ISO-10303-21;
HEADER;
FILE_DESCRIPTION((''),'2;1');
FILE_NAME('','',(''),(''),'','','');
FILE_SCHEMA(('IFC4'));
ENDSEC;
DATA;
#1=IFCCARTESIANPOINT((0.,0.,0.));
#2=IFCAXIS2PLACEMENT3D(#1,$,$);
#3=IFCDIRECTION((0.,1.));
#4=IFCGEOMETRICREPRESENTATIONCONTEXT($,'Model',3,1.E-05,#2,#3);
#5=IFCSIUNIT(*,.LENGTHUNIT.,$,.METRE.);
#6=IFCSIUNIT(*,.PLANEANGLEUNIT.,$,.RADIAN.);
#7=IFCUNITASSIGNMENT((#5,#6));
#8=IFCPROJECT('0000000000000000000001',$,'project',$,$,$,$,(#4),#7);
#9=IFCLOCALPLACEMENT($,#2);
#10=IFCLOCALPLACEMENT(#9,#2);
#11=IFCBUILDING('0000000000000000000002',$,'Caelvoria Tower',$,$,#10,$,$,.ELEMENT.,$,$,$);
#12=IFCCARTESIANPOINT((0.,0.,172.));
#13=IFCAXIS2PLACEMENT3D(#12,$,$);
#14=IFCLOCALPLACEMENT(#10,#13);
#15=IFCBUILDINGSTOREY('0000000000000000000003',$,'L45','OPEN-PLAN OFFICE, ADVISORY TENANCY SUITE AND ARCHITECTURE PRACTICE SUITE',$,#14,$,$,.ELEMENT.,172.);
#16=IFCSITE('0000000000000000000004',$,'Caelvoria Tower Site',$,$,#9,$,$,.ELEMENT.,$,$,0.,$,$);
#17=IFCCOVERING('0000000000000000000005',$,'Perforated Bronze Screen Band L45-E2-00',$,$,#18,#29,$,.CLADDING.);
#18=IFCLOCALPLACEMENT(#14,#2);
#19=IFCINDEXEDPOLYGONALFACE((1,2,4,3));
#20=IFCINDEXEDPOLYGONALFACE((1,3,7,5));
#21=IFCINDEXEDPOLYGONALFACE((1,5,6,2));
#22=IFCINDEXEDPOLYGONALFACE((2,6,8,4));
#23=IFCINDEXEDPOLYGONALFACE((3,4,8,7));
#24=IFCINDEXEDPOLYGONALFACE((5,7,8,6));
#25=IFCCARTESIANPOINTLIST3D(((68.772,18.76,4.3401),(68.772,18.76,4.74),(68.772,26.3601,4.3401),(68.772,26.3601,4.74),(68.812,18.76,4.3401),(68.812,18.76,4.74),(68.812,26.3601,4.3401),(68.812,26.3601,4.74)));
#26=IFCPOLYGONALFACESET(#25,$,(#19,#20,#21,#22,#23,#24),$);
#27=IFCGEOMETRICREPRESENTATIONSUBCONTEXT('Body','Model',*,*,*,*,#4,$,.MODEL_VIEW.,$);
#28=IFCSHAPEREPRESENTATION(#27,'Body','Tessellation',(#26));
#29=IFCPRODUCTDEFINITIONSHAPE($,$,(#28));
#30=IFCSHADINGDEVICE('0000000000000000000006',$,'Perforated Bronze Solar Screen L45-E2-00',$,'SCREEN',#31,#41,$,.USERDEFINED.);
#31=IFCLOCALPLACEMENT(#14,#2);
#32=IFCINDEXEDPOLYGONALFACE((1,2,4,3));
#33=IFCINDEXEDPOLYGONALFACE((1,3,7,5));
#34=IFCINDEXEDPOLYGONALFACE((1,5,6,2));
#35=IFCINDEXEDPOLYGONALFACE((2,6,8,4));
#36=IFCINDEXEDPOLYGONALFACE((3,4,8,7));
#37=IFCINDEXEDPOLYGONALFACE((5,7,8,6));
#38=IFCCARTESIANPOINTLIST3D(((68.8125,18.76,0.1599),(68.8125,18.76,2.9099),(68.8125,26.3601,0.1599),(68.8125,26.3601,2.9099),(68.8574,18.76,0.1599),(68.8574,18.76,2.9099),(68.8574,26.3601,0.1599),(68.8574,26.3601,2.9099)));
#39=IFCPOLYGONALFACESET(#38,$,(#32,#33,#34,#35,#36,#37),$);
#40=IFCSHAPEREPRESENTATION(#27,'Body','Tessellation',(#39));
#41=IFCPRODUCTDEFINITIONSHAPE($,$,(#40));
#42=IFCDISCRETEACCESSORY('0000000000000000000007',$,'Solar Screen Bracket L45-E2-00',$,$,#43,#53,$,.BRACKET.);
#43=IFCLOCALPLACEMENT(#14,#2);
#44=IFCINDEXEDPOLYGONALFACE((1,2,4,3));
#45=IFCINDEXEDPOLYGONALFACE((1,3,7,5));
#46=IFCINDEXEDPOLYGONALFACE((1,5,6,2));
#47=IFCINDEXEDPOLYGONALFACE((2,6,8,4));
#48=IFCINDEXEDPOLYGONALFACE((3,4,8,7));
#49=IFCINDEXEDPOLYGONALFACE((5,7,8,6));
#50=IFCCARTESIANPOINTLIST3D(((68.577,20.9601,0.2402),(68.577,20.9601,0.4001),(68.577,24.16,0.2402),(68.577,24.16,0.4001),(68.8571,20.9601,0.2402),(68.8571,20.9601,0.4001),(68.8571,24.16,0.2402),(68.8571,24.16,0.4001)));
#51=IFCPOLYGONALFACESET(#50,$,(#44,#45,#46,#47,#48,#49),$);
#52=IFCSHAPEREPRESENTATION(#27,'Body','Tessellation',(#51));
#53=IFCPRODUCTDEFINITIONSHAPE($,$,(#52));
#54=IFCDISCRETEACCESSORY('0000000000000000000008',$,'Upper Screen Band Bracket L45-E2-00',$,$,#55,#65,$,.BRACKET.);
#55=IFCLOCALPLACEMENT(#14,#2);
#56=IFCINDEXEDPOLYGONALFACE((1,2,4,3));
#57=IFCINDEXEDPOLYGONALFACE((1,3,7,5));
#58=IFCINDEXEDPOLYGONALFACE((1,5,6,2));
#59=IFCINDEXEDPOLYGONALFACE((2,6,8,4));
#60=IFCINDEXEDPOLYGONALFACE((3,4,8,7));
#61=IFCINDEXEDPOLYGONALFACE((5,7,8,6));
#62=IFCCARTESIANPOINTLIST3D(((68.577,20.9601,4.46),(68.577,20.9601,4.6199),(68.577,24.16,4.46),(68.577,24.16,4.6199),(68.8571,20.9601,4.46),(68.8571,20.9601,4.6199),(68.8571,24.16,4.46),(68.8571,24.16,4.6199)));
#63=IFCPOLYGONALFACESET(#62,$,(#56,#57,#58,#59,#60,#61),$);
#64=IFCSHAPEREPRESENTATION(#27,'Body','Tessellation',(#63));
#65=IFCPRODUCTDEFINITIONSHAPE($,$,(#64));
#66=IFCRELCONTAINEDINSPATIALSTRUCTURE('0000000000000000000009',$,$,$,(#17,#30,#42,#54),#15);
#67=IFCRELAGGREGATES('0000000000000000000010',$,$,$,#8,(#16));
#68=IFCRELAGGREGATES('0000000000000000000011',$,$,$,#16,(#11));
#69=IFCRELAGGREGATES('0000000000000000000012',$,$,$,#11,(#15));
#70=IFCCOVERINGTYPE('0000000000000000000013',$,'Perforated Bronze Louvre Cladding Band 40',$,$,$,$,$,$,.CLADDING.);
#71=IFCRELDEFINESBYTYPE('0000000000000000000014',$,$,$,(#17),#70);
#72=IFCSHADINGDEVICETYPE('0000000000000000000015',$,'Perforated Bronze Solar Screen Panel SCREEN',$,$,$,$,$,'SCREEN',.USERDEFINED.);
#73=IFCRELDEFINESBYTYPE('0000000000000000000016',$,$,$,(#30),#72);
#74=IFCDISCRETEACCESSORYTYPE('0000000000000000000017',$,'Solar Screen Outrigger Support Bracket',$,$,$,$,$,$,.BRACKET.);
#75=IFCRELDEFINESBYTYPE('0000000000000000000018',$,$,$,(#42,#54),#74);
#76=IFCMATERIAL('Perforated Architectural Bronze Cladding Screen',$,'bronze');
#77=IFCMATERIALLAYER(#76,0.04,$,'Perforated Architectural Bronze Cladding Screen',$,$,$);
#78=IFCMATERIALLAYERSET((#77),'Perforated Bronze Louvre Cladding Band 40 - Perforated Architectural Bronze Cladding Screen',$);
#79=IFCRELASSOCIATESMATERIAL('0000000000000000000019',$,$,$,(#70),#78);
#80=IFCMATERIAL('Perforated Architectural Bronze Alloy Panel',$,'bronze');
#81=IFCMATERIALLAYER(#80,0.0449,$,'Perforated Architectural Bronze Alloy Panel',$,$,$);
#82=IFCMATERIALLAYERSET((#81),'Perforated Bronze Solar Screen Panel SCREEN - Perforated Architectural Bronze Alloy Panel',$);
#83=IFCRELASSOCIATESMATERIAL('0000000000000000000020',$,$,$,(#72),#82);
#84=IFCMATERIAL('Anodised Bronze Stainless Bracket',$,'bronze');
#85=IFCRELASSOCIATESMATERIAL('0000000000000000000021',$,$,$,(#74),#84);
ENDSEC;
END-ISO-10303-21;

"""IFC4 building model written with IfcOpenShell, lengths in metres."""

from ifc_helpers import new_model, si_unit, direction, frame, origin, origin_2d, place, context, subcontext, project, spatial, rectangle, extrude, material, layer, layer_set, type_object, element, save


model = new_model("IFC4")

# Units and contexts
model_context = context("Model", 3, precision=1e-05, world=origin(), true_north=direction((0.0, 1.0)))
body_context = subcontext(model_context, "Body", "Model", "MODEL_VIEW")
ifc_project = project(units=[si_unit("LENGTHUNIT", "METRE"), si_unit("PLANEANGLEUNIT", "RADIAN")], contexts=[model_context])

# Site, building, storey
site_placement = place(None, origin())
site = spatial("IfcSite", under=ifc_project, at=site_placement, Name="Caelvoria Tower Site", CompositionType="ELEMENT", RefElevation=0.0)
building_placement = place(site_placement, origin())
building = spatial("IfcBuilding", under=site, at=building_placement, Name="Caelvoria Tower", CompositionType="ELEMENT")
storey_placement = place(building_placement, frame((0.0, 0.0, 172.0)))
storey = spatial("IfcBuildingStorey", under=building, at=storey_placement, Name="L45", Description="OPEN-PLAN OFFICE, ADVISORY TENANCY SUITE AND ARCHITECTURE PRACTICE SUITE", CompositionType="ELEMENT", Elevation=172.0)

# Covering
ifc_material_1 = material(Name="Perforated Architectural Bronze Cladding Screen", Category="bronze")
ifc_layer_1 = layer(ifc_material_1, 0.04, Name="Perforated Architectural Bronze Cladding Screen")
ifc_layer_set_1 = layer_set([ifc_layer_1], Name="Perforated Bronze Louvre Cladding Band 40 - Perforated Architectural Bronze Cladding Screen")
covering_type = type_object("IfcCoveringType", Name="Perforated Bronze Louvre Cladding Band 40", PredefinedType="CLADDING", material=ifc_layer_set_1)
covering_placement = place(storey_placement, frame((68.792, 22.5601, 4.3401), z_axis=(0.0, 0.0, 1.0), x_axis=(0.0, 1.0, 0.0)))
element("IfcCovering", 1, at=covering_placement, inside=storey, type_object=covering_type, Name="Perforated Bronze Screen Band L45-E2-00", PredefinedType="CLADDING", context=body_context, shape_type="SweptSolid", body=[
    extrude(rectangle(XDim=7.6001, YDim=0.04, at=origin_2d()), origin(), (0.0, 0.0, 1.0), 0.3999),
])

# Shading device
ifc_material_2 = material(Name="Perforated Architectural Bronze Alloy Panel", Category="bronze")
ifc_layer_2 = layer(ifc_material_2, 0.0449, Name="Perforated Architectural Bronze Alloy Panel")
ifc_layer_set_2 = layer_set([ifc_layer_2], Name="Perforated Bronze Solar Screen Panel SCREEN - Perforated Architectural Bronze Alloy Panel")
shading_device_type = type_object("IfcShadingDeviceType", Name="Perforated Bronze Solar Screen Panel SCREEN", ElementType="SCREEN", PredefinedType="USERDEFINED", material=ifc_layer_set_2)
shading_device_placement = place(storey_placement, frame((68.835, 22.5601, 0.1599), z_axis=(0.0, 0.0, 1.0), x_axis=(0.0, 1.0, 0.0)))
element("IfcShadingDevice", 2, at=shading_device_placement, inside=storey, type_object=shading_device_type, Name="Perforated Bronze Solar Screen L45-E2-00", ObjectType="SCREEN", PredefinedType="USERDEFINED", context=body_context, shape_type="SweptSolid", body=[
    extrude(rectangle(XDim=7.6001, YDim=0.0449, at=origin_2d()), origin(), (0.0, 0.0, 1.0), 2.75),
])

# Discrete accessories
ifc_material_3 = material(Name="Anodised Bronze Stainless Bracket", Category="bronze")
discrete_accessory_type = type_object("IfcDiscreteAccessoryType", Name="Solar Screen Outrigger Support Bracket", PredefinedType="BRACKET", material=ifc_material_3)
for number, where, z_axis, x_axis, name in (
    (3, (68.717, 22.5601, 0.2402), (0.0, 0.0, 1.0), (0.0, 1.0, 0.0), "Solar Screen Bracket L45-E2-00"),
    (4, (68.717, 22.5601, 4.46), (0.0, 0.0, 1.0), (0.0, 1.0, 0.0), "Upper Screen Band Bracket L45-E2-00"),
):
    element("IfcDiscreteAccessory", number, at=place(storey_placement, frame(where, z_axis=z_axis, x_axis=x_axis)), inside=storey, type_object=discrete_accessory_type, Name=name, PredefinedType="BRACKET", context=body_context, shape_type="SweptSolid", body=[
        extrude(rectangle(XDim=3.2, YDim=0.28, at=origin_2d()), origin(), (0.0, 0.0, 1.0), 0.1599),
    ])

save(model, "model.ifc")
